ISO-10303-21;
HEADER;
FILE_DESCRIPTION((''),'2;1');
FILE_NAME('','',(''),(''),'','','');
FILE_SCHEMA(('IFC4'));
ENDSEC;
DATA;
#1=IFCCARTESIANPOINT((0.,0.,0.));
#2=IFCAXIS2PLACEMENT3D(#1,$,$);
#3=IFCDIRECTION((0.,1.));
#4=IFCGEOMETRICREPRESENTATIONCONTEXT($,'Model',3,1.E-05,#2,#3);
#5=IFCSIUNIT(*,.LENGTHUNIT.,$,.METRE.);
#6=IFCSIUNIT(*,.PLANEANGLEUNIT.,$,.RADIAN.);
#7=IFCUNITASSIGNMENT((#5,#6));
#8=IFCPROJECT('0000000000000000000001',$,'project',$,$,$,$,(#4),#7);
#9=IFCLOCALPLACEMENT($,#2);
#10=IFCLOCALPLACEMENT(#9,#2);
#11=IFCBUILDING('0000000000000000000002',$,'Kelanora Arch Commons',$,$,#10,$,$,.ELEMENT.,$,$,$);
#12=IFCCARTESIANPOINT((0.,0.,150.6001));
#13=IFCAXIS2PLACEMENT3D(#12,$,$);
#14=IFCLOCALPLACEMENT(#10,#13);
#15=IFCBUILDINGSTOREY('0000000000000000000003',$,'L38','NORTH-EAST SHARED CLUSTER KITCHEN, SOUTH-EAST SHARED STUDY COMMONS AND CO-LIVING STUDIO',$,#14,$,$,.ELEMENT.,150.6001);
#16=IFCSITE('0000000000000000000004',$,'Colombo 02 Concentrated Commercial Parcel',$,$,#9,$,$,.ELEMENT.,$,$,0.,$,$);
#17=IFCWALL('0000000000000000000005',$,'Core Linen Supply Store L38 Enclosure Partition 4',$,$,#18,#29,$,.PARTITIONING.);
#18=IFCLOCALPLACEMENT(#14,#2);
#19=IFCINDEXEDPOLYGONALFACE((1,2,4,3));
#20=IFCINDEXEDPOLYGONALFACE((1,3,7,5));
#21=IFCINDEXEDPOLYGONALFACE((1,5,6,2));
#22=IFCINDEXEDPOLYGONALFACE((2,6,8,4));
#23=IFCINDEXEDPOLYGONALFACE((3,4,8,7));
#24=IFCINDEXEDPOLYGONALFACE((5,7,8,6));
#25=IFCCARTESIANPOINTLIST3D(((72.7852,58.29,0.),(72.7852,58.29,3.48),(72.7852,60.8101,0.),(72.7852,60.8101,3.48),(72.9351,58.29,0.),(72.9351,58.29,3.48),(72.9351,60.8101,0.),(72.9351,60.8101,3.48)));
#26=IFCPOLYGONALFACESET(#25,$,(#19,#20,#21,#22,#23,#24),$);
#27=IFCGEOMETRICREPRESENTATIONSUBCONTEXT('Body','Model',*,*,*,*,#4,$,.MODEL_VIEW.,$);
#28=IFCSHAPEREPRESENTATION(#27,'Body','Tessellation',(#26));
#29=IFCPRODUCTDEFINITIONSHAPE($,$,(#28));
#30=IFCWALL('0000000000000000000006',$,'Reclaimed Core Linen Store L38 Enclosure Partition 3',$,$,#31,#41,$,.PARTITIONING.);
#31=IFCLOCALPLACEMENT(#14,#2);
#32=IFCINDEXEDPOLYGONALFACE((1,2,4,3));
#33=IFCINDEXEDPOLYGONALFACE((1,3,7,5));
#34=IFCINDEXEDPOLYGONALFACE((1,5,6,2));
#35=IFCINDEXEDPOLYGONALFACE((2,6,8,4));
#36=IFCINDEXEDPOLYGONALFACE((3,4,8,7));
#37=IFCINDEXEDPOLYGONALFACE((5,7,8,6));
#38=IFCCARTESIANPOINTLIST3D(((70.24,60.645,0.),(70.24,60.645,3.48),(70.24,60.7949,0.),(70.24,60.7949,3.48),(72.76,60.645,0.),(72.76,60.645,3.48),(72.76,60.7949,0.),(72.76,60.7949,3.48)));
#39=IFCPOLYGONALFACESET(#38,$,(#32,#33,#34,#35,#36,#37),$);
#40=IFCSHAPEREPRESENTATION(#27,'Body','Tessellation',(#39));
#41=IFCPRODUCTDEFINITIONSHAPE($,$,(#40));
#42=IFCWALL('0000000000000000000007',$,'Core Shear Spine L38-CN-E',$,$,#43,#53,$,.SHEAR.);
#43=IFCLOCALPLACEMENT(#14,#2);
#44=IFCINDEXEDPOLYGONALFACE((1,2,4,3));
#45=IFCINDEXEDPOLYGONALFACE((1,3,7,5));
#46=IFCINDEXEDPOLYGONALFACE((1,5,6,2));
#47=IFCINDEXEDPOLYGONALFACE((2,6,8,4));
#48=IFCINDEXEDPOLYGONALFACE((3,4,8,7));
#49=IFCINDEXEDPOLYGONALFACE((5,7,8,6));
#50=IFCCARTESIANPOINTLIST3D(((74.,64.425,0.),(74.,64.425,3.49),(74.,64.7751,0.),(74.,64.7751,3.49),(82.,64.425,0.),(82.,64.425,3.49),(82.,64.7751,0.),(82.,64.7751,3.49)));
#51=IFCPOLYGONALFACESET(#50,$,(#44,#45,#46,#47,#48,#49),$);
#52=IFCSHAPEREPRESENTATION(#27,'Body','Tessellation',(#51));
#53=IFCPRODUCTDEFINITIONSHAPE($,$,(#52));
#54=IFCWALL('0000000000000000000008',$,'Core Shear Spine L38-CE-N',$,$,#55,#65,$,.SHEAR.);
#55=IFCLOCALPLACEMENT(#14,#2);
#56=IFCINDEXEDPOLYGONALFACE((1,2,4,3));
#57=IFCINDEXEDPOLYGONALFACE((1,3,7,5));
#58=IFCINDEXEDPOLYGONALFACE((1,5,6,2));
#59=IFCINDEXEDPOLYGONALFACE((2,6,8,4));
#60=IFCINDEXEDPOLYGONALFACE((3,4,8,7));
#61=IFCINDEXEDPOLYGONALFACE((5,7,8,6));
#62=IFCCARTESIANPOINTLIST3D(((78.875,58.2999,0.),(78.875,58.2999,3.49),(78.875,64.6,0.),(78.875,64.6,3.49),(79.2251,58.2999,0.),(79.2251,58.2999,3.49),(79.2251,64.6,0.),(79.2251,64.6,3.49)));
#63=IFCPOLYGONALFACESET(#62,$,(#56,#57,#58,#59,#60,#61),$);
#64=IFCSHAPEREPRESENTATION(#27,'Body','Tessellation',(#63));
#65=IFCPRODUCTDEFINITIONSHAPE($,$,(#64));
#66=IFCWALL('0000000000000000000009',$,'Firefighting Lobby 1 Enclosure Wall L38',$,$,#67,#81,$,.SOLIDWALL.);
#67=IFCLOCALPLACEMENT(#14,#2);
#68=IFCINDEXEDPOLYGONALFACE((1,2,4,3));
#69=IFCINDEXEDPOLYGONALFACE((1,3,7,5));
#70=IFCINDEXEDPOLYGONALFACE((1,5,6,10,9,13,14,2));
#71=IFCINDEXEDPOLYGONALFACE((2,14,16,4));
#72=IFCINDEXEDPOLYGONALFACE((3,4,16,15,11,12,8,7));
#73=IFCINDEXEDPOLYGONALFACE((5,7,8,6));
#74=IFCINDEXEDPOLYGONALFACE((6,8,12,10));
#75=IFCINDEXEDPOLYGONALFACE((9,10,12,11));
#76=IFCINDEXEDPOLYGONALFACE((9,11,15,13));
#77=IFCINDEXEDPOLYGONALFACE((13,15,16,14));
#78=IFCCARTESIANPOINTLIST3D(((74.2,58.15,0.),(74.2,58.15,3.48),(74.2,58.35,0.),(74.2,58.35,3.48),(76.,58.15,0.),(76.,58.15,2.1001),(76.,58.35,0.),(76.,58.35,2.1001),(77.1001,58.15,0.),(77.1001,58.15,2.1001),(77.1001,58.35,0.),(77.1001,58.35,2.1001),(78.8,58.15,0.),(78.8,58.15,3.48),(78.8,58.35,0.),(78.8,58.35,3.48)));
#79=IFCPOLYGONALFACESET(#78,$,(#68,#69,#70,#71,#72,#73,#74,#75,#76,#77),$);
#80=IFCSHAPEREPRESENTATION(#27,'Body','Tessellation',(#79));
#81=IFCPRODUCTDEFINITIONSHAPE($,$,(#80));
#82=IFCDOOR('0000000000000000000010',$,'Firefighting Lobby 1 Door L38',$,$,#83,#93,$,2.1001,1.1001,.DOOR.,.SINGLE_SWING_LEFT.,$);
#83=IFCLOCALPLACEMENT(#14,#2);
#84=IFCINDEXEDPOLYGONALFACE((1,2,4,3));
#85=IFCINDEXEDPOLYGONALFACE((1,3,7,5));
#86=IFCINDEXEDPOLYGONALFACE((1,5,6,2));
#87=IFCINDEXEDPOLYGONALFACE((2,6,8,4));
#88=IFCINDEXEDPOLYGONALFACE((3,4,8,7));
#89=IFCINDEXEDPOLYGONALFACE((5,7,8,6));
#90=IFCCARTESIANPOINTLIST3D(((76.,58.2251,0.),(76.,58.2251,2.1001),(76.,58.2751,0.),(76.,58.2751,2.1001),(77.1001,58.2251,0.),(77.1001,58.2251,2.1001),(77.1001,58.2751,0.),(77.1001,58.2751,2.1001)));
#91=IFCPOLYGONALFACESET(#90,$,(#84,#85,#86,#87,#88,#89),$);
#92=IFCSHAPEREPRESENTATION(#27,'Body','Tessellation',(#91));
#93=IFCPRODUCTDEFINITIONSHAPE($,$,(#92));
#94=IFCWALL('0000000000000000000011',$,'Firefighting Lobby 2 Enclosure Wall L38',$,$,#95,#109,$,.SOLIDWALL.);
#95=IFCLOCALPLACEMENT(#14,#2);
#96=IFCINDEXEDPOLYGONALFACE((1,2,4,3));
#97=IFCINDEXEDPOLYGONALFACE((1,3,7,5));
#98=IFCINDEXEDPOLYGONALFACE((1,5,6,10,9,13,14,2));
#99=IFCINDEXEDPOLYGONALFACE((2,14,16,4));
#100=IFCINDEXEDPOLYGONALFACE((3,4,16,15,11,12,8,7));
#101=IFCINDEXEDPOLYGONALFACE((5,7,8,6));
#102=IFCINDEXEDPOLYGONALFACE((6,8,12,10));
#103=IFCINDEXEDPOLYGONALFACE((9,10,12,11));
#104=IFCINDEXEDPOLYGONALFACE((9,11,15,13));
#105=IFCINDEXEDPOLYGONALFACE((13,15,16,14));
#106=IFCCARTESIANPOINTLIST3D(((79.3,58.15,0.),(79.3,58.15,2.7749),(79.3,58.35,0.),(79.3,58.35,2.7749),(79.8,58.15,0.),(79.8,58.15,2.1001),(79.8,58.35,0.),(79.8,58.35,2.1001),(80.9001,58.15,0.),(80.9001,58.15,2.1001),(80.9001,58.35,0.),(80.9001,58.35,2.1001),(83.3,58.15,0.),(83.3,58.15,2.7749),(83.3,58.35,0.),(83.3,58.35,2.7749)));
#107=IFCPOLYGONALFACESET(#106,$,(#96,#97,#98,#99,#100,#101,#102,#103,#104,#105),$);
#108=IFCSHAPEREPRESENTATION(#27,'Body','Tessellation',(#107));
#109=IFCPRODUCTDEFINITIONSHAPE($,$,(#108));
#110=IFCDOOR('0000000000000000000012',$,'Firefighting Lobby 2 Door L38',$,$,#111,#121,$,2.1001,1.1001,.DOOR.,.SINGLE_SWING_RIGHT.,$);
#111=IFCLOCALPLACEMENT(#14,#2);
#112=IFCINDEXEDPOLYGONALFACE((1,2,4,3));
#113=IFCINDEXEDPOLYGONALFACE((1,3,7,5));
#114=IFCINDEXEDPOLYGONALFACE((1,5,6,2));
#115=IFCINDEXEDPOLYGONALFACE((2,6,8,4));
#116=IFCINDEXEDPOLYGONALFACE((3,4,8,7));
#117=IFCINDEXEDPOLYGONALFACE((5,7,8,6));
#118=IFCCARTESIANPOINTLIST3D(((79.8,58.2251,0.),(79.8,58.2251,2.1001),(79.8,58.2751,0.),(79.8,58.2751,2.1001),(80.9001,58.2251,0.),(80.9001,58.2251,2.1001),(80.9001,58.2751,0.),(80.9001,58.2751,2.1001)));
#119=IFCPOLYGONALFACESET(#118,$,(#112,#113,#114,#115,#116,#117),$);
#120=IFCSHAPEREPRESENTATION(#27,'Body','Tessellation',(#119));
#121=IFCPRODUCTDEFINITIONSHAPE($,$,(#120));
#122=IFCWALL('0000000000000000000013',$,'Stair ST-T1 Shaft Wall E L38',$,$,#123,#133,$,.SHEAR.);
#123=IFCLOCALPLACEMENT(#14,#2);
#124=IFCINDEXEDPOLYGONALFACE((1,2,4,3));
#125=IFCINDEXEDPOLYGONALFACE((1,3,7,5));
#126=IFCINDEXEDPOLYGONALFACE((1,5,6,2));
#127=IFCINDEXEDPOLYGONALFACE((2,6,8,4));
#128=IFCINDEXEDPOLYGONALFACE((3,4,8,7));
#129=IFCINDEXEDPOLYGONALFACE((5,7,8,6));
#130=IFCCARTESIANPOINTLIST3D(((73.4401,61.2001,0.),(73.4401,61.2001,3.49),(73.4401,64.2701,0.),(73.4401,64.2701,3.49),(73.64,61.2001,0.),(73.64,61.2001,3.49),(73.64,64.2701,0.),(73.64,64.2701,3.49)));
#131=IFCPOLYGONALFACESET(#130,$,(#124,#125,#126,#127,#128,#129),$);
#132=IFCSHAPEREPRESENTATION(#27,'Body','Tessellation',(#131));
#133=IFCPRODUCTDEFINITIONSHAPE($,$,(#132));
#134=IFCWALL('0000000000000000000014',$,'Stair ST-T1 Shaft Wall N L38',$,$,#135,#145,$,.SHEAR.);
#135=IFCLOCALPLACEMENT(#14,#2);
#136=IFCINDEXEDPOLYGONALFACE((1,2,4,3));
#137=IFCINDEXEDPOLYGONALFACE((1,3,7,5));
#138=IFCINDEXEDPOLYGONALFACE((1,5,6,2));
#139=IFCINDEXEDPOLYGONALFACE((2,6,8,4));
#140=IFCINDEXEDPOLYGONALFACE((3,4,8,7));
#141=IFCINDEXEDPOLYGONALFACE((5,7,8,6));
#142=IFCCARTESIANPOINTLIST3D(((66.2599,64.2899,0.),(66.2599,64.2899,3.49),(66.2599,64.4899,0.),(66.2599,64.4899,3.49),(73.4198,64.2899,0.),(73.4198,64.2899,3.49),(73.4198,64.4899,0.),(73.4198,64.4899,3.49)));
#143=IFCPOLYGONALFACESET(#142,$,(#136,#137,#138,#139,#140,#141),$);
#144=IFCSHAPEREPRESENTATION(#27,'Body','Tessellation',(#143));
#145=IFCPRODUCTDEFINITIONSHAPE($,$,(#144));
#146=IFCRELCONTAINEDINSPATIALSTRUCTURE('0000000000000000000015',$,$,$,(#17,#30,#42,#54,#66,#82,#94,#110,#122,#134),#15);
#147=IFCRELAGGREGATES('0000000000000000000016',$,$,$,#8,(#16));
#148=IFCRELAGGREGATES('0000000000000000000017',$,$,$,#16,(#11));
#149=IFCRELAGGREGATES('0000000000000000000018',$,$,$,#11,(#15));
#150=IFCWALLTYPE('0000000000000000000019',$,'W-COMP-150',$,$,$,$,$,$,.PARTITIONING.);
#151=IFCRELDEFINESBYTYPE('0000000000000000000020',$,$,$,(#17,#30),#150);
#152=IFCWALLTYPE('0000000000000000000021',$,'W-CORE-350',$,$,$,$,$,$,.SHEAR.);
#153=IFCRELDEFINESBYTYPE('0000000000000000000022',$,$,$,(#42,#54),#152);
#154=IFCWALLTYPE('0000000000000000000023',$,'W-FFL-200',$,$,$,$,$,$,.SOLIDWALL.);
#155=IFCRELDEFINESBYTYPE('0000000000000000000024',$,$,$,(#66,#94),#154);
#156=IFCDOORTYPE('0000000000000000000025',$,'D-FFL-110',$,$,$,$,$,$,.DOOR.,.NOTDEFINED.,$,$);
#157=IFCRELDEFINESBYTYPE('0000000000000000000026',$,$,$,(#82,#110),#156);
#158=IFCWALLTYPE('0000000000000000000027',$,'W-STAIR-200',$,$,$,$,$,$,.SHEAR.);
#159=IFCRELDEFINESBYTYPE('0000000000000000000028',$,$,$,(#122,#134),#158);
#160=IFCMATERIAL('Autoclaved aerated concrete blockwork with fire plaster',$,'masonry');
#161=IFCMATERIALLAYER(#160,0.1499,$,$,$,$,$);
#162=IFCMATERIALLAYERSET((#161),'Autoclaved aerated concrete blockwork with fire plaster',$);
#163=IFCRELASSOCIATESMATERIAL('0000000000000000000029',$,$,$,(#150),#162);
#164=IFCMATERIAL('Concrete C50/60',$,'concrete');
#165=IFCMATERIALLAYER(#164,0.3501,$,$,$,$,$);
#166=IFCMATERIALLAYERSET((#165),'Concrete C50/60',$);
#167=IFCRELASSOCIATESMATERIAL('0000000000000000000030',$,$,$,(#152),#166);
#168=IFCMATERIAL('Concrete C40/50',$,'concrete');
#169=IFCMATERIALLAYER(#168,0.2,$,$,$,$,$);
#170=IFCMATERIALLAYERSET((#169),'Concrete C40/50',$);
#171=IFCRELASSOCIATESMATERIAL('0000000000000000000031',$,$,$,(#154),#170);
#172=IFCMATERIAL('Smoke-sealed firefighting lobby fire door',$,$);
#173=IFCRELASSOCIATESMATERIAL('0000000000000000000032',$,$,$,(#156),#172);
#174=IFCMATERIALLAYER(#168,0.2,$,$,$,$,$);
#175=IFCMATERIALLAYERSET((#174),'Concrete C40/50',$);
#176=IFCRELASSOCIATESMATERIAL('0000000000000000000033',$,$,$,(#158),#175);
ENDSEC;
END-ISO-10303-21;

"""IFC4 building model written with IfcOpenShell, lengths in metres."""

from ifc_helpers import new_model, si_unit, direction, frame, frame_2d, origin, place, context, subcontext, project, spatial, rectangle, extrude, material, layer, layer_set, type_object, element, fill, save


model = new_model("IFC4")

# Units and contexts
model_context = context("Model", 3, precision=1e-05, world=origin(), true_north=direction((0.0, 1.0)))
body_context = subcontext(model_context, "Body", "Model", "MODEL_VIEW")
ifc_project = project(units=[si_unit("LENGTHUNIT", "METRE"), si_unit("PLANEANGLEUNIT", "RADIAN")], contexts=[model_context])

# Site, building, storey
site_placement = place(None, origin())
site = spatial("IfcSite", under=ifc_project, at=site_placement, Name="Colombo 02 Concentrated Commercial Parcel", CompositionType="ELEMENT", RefElevation=0.0)
building_placement = place(site_placement, origin())
building = spatial("IfcBuilding", under=site, at=building_placement, Name="Kelanora Arch Commons", CompositionType="ELEMENT")
storey_placement = place(building_placement, frame((0.0, 0.0, 150.6001)))
storey = spatial("IfcBuildingStorey", under=building, at=storey_placement, Name="L38", Description="NORTH-EAST SHARED CLUSTER KITCHEN, SOUTH-EAST SHARED STUDY COMMONS AND CO-LIVING STUDIO", CompositionType="ELEMENT", Elevation=150.6001)

# Shared definitions
ifc_material_1 = material(Name="Autoclaved aerated concrete blockwork with fire plaster", Category="masonry")
ifc_layer_1 = layer(ifc_material_1, 0.1499)
ifc_layer_set_1 = layer_set([ifc_layer_1], Name="Autoclaved aerated concrete blockwork with fire plaster")
wall_type_1 = type_object("IfcWallType", Name="W-COMP-150", PredefinedType="PARTITIONING", material=ifc_layer_set_1)

# Walls
for number, where, z_axis, x_axis, name in (
    (1, (72.8601, 60.8101, 0.0), (0.0, 0.0, 1.0), (0.0, -1.0, 0.0), "Core Linen Supply Store L38 Enclosure Partition 4"),
    (2, (72.76, 60.72, 0.0), (0.0, 0.0, 1.0), (-1.0, 0.0, 0.0), "Reclaimed Core Linen Store L38 Enclosure Partition 3"),
):
    element("IfcWall", number, at=place(storey_placement, frame(where, z_axis=z_axis, x_axis=x_axis)), inside=storey, type_object=wall_type_1, Name=name, PredefinedType="PARTITIONING", context=body_context, shape_type="SweptSolid", body=[
        extrude(rectangle(XDim=2.52, YDim=0.1499, at=frame_2d((1.26, 0.0))), origin(), (0.0, 0.0, 1.0), 3.48),
    ])
ifc_material_2 = material(Name="Concrete C50/60", Category="concrete")
ifc_layer_2 = layer(ifc_material_2, 0.3501)
ifc_layer_set_2 = layer_set([ifc_layer_2], Name="Concrete C50/60")
wall_type_2 = type_object("IfcWallType", Name="W-CORE-350", PredefinedType="SHEAR", material=ifc_layer_set_2)
wall_1_placement = place(storey_placement, frame((74.0, 64.6001, 0.0), z_axis=(0.0, 0.0, 1.0), x_axis=(1.0, 0.0, 0.0)))
element("IfcWall", 3, at=wall_1_placement, inside=storey, type_object=wall_type_2, Name="Core Shear Spine L38-CN-E", PredefinedType="SHEAR", context=body_context, shape_type="SweptSolid", body=[
    extrude(rectangle(XDim=8.0, YDim=0.3501, at=frame_2d((4.0, 0.0))), origin(), (0.0, 0.0, 1.0), 3.49),
])
wall_2_placement = place(storey_placement, frame((79.05, 58.3, 0.0), z_axis=(0.0, 0.0, 1.0), x_axis=(0.0, 1.0, 0.0)))
element("IfcWall", 4, at=wall_2_placement, inside=storey, type_object=wall_type_2, Name="Core Shear Spine L38-CE-N", PredefinedType="SHEAR", context=body_context, shape_type="SweptSolid", body=[
    extrude(rectangle(XDim=6.3, YDim=0.3501, at=frame_2d((3.1499, 0.0))), origin(), (0.0, 0.0, 1.0), 3.49),
])

# Walls, openings, doors
ifc_material_3 = material(Name="Concrete C40/50", Category="concrete")
ifc_layer_3 = layer(ifc_material_3, 0.2)
ifc_layer_set_3 = layer_set([ifc_layer_3], Name="Concrete C40/50")
wall_type_3 = type_object("IfcWallType", Name="W-FFL-200", PredefinedType="SOLIDWALL", material=ifc_layer_set_3)
wall_3_placement = place(storey_placement, frame((74.2, 58.25, 0.0), z_axis=(0.0, 0.0, 1.0), x_axis=(1.0, 0.0, 0.0)))
wall_3 = element("IfcWall", 5, at=wall_3_placement, inside=storey, type_object=wall_type_3, Name="Firefighting Lobby 1 Enclosure Wall L38", PredefinedType="SOLIDWALL", context=body_context, shape_type="SweptSolid", body=[
    extrude(rectangle(XDim=4.6001, YDim=0.2, at=frame_2d((2.3, 0.0))), origin(), (0.0, 0.0, 1.0), 3.48),
])
opening_1_placement = place(wall_3_placement, frame((1.8, 0.0, 0.0)))
opening_1 = element("IfcOpeningElement", 6, at=opening_1_placement, cuts=wall_3, PredefinedType="OPENING", context=body_context, shape_type="SweptSolid", body=[
    extrude(rectangle(XDim=1.1001, YDim=2.1001, at=frame_2d((0.55, 1.05))), frame((0.0, 0.1099, 0.0), z_axis=(0.0, -1.0, 0.0), x_axis=(1.0, 0.0, 0.0)), (0.0, 0.0, 1.0), 0.22),
])
ifc_material_4 = material(Name="Smoke-sealed firefighting lobby fire door")
door_type_1 = type_object("IfcDoorType", Name="D-FFL-110", OperationType="NOTDEFINED", PredefinedType="DOOR", material=ifc_material_4)
door_1_placement = place(opening_1_placement, frame((1.1001, 0.0, 0.0), z_axis=(0.0, 0.0, 1.0), x_axis=(-1.0, 0.0, 0.0)))
door_1 = element("IfcDoor", 7, at=door_1_placement, inside=storey, type_object=door_type_1, Name="Firefighting Lobby 1 Door L38", OperationType="SINGLE_SWING_LEFT", OverallHeight=2.1001, OverallWidth=1.1001, PredefinedType="DOOR", context=body_context, shape_type="SweptSolid", body=[
    extrude(rectangle(XDim=1.1001, YDim=2.1001, at=frame_2d((0.55, 1.05))), frame((0.0, 0.0249, 0.0), z_axis=(0.0, -1.0, 0.0), x_axis=(1.0, 0.0, 0.0)), (0.0, 0.0, 1.0), 0.05),
])
fill(opening_1, door_1)
wall_4_placement = place(storey_placement, frame((79.3, 58.25, 0.0), z_axis=(0.0, 0.0, 1.0), x_axis=(1.0, 0.0, 0.0)))
wall_4 = element("IfcWall", 8, at=wall_4_placement, inside=storey, type_object=wall_type_3, Name="Firefighting Lobby 2 Enclosure Wall L38", PredefinedType="SOLIDWALL", context=body_context, shape_type="SweptSolid", body=[
    extrude(rectangle(XDim=4.0, YDim=0.2, at=frame_2d((2.0, 0.0))), origin(), (0.0, 0.0, 1.0), 2.7749),
])
opening_2_placement = place(wall_4_placement, frame((0.5, 0.0, 0.0)))
opening_2 = element("IfcOpeningElement", 9, at=opening_2_placement, cuts=wall_4, PredefinedType="OPENING", context=body_context, shape_type="SweptSolid", body=[
    extrude(rectangle(XDim=1.1001, YDim=2.1001, at=frame_2d((0.55, 1.05))), frame((0.0, 0.1099, 0.0), z_axis=(0.0, -1.0, 0.0), x_axis=(1.0, 0.0, 0.0)), (0.0, 0.0, 1.0), 0.22),
])
door_2_placement = place(opening_2_placement, frame((1.1001, 0.0, 0.0), z_axis=(0.0, 0.0, 1.0), x_axis=(-1.0, 0.0, 0.0)))
door_2 = element("IfcDoor", 10, at=door_2_placement, inside=storey, type_object=door_type_1, Name="Firefighting Lobby 2 Door L38", OperationType="SINGLE_SWING_RIGHT", OverallHeight=2.1001, OverallWidth=1.1001, PredefinedType="DOOR", context=body_context, shape_type="SweptSolid", body=[
    extrude(rectangle(XDim=1.1001, YDim=2.1001, at=frame_2d((0.55, 1.05))), frame((0.0, 0.0249, 0.0), z_axis=(0.0, -1.0, 0.0), x_axis=(1.0, 0.0, 0.0)), (0.0, 0.0, 1.0), 0.05),
])
fill(opening_2, door_2)

# Walls
ifc_layer_4 = layer(ifc_material_3, 0.2)
ifc_layer_set_4 = layer_set([ifc_layer_4], Name="Concrete C40/50")
wall_type_4 = type_object("IfcWallType", Name="W-STAIR-200", PredefinedType="SHEAR", material=ifc_layer_set_4)
wall_5_placement = place(storey_placement, frame((73.54, 61.2, 0.0), z_axis=(0.0, 0.0, 1.0), x_axis=(0.0, 1.0, 0.0)))
element("IfcWall", 11, at=wall_5_placement, inside=storey, type_object=wall_type_4, Name="Stair ST-T1 Shaft Wall E L38", PredefinedType="SHEAR", context=body_context, shape_type="SweptSolid", body=[
    extrude(rectangle(XDim=3.0701, YDim=0.2, at=frame_2d((1.5352, 0.0))), origin(), (0.0, 0.0, 1.0), 3.49),
])
wall_6_placement = place(storey_placement, frame((73.4199, 64.3899, 0.0), z_axis=(0.0, 0.0, 1.0), x_axis=(-1.0, 0.0, 0.0)))
element("IfcWall", 12, at=wall_6_placement, inside=storey, type_object=wall_type_4, Name="Stair ST-T1 Shaft Wall N L38", PredefinedType="SHEAR", context=body_context, shape_type="SweptSolid", body=[
    extrude(rectangle(XDim=7.1599, YDim=0.2, at=frame_2d((3.5801, 0.0))), origin(), (0.0, 0.0, 1.0), 3.49),
])

save(model, "model.ifc")
